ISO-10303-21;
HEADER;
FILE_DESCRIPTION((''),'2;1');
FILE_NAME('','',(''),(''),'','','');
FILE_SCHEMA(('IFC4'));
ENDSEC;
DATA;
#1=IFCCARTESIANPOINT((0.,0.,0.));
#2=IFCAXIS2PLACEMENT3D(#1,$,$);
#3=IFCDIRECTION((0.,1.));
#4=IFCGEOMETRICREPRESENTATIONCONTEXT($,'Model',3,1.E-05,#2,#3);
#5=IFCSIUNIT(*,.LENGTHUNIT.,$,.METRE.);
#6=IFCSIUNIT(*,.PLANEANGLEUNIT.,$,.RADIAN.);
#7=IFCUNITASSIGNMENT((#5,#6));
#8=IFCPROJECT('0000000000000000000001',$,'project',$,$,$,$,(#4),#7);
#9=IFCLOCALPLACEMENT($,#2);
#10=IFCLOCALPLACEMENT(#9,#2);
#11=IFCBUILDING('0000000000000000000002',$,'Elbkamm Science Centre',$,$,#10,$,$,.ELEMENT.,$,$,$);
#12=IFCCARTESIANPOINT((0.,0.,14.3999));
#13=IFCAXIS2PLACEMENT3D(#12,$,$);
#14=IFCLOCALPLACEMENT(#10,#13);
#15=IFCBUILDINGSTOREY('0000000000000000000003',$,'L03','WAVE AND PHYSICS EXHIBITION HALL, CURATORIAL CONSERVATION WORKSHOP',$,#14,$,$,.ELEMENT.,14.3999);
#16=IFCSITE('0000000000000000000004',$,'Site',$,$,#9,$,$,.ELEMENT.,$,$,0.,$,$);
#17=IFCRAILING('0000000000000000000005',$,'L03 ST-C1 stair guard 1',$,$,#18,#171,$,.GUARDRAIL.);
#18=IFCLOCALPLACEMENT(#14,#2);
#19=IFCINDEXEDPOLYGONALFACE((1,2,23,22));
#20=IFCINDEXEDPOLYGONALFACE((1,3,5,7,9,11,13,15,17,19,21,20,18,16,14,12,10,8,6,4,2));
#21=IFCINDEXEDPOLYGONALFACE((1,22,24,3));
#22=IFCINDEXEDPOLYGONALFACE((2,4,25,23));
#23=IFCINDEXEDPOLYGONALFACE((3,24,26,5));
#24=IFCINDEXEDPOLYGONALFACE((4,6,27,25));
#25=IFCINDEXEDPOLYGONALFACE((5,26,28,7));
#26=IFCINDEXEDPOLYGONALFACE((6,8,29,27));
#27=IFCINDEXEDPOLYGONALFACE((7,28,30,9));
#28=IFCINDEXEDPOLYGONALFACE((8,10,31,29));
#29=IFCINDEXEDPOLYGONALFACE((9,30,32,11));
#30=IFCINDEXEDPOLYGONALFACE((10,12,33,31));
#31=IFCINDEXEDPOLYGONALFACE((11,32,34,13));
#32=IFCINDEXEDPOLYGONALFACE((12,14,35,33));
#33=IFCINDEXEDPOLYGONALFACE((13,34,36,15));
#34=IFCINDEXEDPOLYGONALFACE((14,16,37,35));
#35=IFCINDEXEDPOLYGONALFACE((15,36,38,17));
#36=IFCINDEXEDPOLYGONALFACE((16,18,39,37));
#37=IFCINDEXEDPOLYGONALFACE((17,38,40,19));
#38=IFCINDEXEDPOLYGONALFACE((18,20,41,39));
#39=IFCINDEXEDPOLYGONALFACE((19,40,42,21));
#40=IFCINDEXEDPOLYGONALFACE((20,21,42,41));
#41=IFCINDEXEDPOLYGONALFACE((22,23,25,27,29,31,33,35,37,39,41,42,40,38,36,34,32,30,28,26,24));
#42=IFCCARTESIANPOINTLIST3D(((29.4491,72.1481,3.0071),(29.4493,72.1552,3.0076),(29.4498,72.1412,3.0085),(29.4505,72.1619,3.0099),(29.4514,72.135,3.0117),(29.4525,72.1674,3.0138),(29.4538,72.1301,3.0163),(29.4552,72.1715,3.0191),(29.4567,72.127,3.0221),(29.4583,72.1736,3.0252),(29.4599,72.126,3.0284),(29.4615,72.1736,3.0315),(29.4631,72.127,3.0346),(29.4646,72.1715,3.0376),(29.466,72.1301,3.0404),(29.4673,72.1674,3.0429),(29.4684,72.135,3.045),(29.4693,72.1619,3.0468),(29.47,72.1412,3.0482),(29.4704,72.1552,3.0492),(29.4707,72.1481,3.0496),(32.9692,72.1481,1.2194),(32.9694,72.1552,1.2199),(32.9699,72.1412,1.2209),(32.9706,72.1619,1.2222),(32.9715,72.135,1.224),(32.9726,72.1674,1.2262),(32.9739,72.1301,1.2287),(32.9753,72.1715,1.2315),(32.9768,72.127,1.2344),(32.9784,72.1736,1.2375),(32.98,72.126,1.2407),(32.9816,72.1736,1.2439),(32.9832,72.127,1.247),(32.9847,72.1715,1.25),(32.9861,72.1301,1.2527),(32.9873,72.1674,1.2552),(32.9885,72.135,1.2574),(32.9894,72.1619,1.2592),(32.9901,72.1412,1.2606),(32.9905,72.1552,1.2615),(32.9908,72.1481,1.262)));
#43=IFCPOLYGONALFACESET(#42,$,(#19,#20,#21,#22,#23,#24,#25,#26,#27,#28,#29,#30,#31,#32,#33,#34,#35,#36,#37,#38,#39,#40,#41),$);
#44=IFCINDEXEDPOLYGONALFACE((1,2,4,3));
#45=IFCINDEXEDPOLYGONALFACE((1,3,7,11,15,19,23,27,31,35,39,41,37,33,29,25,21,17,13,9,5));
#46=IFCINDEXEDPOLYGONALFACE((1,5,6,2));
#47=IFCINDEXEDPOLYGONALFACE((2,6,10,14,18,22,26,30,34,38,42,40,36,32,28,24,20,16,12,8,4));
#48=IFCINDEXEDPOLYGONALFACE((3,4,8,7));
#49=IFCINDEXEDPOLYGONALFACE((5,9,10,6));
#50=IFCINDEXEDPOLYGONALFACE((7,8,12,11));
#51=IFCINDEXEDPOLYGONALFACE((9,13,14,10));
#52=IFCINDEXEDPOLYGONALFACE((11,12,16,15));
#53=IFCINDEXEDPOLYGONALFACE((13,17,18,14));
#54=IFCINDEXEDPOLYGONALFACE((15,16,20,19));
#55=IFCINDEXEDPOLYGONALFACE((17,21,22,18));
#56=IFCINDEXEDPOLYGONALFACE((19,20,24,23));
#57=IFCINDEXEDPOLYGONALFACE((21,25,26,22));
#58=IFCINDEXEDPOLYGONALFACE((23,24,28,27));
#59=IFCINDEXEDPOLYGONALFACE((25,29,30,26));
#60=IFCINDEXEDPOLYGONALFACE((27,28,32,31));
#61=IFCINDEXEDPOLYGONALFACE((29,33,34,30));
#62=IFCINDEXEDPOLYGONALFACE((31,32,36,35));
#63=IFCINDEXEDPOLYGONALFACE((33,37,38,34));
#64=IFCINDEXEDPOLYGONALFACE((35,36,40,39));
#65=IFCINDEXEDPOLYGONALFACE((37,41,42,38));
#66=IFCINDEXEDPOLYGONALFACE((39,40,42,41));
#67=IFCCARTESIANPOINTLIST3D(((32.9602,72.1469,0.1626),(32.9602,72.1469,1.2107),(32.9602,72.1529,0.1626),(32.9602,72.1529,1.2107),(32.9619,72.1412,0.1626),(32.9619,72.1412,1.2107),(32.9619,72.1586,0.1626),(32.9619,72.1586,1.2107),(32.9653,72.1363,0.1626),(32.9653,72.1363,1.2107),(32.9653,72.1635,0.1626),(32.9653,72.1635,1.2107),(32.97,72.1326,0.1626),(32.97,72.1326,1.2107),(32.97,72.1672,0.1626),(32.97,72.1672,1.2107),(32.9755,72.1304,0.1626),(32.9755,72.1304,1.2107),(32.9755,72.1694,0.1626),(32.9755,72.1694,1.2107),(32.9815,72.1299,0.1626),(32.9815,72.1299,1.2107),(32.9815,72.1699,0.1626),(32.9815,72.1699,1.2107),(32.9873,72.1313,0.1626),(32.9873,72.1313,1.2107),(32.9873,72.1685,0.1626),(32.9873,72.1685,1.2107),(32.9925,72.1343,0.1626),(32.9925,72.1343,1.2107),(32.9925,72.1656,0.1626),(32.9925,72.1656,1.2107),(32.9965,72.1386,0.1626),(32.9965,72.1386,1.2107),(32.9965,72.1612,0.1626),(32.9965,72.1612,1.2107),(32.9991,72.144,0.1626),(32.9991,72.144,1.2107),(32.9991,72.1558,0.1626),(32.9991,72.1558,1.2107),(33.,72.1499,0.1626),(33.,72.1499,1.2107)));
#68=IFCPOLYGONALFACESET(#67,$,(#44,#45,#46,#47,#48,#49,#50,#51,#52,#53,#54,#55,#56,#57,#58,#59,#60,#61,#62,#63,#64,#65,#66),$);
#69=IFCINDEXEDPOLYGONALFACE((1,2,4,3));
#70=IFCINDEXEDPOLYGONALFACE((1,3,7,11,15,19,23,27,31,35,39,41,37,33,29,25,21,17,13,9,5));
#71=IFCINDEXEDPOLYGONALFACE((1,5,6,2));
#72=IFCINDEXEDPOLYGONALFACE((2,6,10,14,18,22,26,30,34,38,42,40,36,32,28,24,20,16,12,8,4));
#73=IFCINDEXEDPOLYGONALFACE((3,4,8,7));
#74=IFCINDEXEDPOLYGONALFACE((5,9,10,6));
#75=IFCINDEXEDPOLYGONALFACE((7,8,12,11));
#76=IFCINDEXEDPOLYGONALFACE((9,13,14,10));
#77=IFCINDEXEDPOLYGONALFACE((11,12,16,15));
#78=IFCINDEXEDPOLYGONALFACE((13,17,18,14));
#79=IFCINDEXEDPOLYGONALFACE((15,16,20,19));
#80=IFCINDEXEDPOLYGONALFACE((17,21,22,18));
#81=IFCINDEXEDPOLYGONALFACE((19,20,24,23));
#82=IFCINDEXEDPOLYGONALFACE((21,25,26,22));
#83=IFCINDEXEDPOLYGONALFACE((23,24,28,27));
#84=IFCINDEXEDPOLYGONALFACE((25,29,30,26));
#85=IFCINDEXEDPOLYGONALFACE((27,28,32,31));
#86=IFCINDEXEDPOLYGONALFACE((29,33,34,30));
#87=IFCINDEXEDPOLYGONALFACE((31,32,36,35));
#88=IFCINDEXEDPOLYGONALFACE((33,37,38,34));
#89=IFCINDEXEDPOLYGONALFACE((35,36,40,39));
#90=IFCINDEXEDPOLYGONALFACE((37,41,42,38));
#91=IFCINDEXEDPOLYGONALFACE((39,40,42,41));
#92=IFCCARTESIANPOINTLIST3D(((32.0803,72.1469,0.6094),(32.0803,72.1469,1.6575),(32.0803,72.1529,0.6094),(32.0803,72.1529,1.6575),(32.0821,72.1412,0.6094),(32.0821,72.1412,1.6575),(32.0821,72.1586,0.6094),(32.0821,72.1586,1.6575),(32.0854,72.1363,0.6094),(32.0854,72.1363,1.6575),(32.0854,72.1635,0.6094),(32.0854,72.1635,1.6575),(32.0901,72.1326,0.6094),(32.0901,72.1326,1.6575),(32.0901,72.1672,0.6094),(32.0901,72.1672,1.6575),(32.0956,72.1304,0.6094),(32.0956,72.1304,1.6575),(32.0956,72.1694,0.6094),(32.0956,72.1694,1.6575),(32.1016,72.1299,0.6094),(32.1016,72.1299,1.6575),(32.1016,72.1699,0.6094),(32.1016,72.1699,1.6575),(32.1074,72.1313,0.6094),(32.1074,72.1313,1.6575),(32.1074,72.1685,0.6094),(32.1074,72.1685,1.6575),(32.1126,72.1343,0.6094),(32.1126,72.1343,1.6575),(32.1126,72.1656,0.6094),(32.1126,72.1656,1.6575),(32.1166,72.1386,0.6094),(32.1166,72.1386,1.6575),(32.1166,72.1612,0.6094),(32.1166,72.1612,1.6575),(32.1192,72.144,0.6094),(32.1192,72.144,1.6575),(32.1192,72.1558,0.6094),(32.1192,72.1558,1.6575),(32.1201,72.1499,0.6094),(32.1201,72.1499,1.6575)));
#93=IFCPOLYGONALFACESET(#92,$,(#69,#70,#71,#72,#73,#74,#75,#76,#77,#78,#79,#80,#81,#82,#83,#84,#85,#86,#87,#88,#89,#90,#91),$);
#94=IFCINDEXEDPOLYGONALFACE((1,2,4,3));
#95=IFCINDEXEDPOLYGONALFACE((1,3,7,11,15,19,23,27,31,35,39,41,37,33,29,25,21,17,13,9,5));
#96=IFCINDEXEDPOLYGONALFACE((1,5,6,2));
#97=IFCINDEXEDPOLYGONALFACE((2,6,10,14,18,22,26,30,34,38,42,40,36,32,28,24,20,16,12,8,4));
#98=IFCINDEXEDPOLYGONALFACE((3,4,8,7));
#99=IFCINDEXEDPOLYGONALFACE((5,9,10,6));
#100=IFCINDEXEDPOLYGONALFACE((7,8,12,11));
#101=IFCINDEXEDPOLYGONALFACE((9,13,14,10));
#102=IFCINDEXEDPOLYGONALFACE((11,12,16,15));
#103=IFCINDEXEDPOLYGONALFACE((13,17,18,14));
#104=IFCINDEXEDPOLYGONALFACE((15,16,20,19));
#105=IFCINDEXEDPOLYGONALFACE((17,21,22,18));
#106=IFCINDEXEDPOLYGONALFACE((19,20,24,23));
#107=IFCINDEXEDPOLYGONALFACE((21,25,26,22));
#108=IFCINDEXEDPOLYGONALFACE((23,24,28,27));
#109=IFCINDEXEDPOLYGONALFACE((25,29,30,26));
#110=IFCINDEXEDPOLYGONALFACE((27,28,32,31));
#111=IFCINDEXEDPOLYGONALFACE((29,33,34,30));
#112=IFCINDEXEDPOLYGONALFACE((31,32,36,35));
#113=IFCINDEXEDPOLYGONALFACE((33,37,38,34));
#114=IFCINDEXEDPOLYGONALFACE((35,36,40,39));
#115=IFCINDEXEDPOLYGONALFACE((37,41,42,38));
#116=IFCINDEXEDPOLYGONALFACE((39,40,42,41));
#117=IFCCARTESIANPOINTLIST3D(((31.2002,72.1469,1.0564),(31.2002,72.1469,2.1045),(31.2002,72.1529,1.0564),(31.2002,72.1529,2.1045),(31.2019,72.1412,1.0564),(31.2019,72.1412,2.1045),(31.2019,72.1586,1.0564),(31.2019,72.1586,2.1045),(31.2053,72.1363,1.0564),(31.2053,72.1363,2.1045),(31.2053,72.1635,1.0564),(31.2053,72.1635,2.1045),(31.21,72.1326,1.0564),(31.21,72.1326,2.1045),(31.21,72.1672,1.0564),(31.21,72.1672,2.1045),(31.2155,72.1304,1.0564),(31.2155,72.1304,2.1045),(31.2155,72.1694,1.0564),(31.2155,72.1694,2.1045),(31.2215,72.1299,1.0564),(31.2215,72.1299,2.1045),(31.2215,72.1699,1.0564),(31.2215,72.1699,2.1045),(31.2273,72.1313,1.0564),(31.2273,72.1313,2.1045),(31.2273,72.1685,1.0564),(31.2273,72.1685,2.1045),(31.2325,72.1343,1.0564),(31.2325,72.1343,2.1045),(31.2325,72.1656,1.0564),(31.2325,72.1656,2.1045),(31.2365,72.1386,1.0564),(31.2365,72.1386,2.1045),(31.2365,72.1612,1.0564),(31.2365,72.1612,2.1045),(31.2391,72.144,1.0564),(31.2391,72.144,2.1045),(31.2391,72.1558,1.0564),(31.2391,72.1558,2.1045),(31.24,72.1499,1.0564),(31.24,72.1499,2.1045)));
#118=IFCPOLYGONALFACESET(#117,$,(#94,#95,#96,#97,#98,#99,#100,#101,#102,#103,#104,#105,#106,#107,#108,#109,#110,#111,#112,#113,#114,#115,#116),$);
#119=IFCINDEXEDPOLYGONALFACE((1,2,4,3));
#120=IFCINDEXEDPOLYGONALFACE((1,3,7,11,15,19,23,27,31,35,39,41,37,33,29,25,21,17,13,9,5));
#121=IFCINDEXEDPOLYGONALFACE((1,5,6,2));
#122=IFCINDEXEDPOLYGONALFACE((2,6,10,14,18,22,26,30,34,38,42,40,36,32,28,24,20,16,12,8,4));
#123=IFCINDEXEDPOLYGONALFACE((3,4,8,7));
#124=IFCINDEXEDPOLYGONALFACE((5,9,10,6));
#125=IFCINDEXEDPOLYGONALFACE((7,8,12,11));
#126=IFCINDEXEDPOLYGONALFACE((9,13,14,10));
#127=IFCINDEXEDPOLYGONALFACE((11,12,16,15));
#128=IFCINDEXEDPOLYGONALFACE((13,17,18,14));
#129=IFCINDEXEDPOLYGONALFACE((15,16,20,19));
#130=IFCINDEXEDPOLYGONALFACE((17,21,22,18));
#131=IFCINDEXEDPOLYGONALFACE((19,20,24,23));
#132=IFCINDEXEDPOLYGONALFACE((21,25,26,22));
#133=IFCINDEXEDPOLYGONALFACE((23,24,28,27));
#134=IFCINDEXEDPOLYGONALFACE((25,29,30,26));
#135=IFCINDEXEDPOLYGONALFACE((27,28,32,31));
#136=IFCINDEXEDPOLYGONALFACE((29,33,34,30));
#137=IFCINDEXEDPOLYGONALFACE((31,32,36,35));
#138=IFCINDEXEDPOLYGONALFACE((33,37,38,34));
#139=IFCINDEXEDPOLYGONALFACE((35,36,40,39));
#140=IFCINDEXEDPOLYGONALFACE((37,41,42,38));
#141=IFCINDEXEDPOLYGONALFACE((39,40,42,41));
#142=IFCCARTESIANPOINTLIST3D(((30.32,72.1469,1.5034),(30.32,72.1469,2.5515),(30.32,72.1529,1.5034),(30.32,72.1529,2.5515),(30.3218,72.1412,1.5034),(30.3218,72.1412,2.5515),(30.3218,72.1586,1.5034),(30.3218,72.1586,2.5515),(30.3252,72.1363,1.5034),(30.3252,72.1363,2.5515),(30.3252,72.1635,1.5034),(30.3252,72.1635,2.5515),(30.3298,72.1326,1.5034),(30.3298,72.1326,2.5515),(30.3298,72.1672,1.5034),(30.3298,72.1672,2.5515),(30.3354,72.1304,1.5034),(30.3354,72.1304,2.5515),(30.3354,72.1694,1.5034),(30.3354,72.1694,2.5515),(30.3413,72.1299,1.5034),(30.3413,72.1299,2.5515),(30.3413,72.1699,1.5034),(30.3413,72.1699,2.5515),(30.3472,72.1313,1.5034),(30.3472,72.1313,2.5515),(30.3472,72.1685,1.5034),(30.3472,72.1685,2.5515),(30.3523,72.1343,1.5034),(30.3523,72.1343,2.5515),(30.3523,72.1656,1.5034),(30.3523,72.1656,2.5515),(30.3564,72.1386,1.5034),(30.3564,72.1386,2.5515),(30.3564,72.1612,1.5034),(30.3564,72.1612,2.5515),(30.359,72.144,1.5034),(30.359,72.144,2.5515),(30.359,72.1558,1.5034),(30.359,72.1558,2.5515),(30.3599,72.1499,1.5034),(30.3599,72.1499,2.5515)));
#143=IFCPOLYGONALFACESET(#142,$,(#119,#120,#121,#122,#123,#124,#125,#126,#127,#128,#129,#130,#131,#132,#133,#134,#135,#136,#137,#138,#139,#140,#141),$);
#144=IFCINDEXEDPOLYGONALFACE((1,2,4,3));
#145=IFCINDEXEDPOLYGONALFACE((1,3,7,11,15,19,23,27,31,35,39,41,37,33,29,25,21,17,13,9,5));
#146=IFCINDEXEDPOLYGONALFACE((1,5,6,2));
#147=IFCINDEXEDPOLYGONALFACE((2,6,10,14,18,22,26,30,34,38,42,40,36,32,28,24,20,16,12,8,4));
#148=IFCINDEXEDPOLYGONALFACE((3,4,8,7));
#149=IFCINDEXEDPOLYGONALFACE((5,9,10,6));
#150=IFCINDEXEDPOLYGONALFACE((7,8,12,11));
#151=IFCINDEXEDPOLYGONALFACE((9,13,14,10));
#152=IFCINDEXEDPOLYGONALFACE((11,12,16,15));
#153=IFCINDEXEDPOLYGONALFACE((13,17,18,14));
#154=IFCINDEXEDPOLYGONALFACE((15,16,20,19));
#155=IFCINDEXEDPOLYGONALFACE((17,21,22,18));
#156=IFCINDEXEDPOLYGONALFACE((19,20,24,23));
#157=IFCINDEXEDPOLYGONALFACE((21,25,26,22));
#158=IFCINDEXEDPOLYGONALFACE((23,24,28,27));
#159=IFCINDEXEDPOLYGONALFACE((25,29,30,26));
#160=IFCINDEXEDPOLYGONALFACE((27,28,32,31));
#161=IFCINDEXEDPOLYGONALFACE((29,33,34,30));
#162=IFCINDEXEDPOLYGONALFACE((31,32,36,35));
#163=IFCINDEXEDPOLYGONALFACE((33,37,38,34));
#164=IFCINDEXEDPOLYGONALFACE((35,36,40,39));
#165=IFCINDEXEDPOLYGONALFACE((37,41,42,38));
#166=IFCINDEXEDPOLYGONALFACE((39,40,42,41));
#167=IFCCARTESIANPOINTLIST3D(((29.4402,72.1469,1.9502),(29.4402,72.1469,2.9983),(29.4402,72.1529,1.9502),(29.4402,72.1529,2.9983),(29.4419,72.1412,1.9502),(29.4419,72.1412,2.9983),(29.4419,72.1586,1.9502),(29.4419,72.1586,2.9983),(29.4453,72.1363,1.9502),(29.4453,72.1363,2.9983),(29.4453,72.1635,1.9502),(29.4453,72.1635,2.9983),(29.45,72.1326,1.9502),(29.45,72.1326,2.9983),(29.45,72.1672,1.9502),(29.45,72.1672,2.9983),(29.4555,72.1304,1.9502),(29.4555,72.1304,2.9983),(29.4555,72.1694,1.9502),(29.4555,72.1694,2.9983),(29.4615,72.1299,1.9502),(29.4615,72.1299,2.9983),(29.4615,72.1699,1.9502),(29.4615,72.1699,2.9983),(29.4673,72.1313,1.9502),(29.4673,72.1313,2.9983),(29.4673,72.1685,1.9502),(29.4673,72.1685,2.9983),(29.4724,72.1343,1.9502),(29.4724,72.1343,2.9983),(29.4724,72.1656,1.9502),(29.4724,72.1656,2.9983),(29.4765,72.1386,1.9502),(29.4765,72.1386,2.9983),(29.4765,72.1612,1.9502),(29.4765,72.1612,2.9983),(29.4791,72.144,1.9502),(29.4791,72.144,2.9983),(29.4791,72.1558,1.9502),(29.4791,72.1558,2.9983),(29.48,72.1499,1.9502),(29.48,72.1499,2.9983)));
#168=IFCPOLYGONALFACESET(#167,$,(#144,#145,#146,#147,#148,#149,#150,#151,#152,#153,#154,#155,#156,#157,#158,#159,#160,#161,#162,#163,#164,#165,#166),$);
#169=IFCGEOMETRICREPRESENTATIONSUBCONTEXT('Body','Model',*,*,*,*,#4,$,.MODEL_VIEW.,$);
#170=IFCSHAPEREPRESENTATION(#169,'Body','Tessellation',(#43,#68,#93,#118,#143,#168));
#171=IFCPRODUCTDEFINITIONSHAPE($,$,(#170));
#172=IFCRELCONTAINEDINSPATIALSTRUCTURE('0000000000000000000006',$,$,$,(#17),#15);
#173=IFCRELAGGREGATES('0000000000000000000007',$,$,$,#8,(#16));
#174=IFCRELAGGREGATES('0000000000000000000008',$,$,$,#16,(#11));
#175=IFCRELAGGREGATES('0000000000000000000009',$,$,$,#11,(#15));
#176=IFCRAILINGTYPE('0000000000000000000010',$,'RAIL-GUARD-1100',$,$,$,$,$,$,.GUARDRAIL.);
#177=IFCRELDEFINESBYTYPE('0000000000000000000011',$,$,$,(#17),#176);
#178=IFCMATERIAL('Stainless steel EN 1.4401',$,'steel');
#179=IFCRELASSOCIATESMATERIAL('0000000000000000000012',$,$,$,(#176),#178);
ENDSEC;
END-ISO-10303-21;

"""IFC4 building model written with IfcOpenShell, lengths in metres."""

from ifc_helpers import new_model, si_unit, direction, frame, origin, origin_2d, place, context, subcontext, project, spatial, circle, extrude, material, type_object, element, save


model = new_model("IFC4")

# Units and contexts
model_context = context("Model", 3, precision=1e-05, world=origin(), true_north=direction((0.0, 1.0)))
body_context = subcontext(model_context, "Body", "Model", "MODEL_VIEW")
ifc_project = project(units=[si_unit("LENGTHUNIT", "METRE"), si_unit("PLANEANGLEUNIT", "RADIAN")], contexts=[model_context])

# Site, building, storey
site_placement = place(None, origin())
site = spatial("IfcSite", under=ifc_project, at=site_placement, Name="Site", CompositionType="ELEMENT", RefElevation=0.0)
building_placement = place(site_placement, origin())
building = spatial("IfcBuilding", under=site, at=building_placement, Name="Elbkamm Science Centre", CompositionType="ELEMENT")
storey_placement = place(building_placement, frame((0.0, 0.0, 14.3999)))
storey = spatial("IfcBuildingStorey", under=building, at=storey_placement, Name="L03", Description="WAVE AND PHYSICS EXHIBITION HALL, CURATORIAL CONSERVATION WORKSHOP", CompositionType="ELEMENT", Elevation=14.3999)

# Railing
ifc_material_1 = material(Name="Stainless steel EN 1.4401", Category="steel")
railing_type_1 = type_object("IfcRailingType", Name="RAIL-GUARD-1100", PredefinedType="GUARDRAIL", material=ifc_material_1)
railing_1_placement = place(storey_placement, frame((32.98, 72.1499, 0.1626)))
element("IfcRailing", 1, at=railing_1_placement, inside=storey, type_object=railing_type_1, Name="L03 ST-C1 stair guard 1", PredefinedType="GUARDRAIL", context=body_context, shape_type="SweptSolid", body=[
    extrude(circle(Radius=0.0239, at=origin_2d()), frame((0.0, 0.0, 1.0781), z_axis=(-0.891615, 0.0, 0.452795), x_axis=(0.0, -1.0, 0.0)), (0.0, 0.0, 1.0), 3.948),
    extrude(circle(Radius=0.02, at=origin_2d()), origin(), (0.0, 0.0, 1.0), 1.0481),
    extrude(circle(Radius=0.02, at=origin_2d()), frame((-0.8799, 0.0, 0.4468)), (0.0, 0.0, 1.0), 1.0481),
    extrude(circle(Radius=0.02, at=origin_2d()), frame((-1.76, 0.0, 0.8938)), (0.0, 0.0, 1.0), 1.0481),
    extrude(circle(Radius=0.02, at=origin_2d()), frame((-2.6401, 0.0, 1.3408)), (0.0, 0.0, 1.0), 1.0481),
    extrude(circle(Radius=0.02, at=origin_2d()), frame((-3.52, 0.0, 1.7876)), (0.0, 0.0, 1.0), 1.0481),
])

save(model, "model.ifc")
